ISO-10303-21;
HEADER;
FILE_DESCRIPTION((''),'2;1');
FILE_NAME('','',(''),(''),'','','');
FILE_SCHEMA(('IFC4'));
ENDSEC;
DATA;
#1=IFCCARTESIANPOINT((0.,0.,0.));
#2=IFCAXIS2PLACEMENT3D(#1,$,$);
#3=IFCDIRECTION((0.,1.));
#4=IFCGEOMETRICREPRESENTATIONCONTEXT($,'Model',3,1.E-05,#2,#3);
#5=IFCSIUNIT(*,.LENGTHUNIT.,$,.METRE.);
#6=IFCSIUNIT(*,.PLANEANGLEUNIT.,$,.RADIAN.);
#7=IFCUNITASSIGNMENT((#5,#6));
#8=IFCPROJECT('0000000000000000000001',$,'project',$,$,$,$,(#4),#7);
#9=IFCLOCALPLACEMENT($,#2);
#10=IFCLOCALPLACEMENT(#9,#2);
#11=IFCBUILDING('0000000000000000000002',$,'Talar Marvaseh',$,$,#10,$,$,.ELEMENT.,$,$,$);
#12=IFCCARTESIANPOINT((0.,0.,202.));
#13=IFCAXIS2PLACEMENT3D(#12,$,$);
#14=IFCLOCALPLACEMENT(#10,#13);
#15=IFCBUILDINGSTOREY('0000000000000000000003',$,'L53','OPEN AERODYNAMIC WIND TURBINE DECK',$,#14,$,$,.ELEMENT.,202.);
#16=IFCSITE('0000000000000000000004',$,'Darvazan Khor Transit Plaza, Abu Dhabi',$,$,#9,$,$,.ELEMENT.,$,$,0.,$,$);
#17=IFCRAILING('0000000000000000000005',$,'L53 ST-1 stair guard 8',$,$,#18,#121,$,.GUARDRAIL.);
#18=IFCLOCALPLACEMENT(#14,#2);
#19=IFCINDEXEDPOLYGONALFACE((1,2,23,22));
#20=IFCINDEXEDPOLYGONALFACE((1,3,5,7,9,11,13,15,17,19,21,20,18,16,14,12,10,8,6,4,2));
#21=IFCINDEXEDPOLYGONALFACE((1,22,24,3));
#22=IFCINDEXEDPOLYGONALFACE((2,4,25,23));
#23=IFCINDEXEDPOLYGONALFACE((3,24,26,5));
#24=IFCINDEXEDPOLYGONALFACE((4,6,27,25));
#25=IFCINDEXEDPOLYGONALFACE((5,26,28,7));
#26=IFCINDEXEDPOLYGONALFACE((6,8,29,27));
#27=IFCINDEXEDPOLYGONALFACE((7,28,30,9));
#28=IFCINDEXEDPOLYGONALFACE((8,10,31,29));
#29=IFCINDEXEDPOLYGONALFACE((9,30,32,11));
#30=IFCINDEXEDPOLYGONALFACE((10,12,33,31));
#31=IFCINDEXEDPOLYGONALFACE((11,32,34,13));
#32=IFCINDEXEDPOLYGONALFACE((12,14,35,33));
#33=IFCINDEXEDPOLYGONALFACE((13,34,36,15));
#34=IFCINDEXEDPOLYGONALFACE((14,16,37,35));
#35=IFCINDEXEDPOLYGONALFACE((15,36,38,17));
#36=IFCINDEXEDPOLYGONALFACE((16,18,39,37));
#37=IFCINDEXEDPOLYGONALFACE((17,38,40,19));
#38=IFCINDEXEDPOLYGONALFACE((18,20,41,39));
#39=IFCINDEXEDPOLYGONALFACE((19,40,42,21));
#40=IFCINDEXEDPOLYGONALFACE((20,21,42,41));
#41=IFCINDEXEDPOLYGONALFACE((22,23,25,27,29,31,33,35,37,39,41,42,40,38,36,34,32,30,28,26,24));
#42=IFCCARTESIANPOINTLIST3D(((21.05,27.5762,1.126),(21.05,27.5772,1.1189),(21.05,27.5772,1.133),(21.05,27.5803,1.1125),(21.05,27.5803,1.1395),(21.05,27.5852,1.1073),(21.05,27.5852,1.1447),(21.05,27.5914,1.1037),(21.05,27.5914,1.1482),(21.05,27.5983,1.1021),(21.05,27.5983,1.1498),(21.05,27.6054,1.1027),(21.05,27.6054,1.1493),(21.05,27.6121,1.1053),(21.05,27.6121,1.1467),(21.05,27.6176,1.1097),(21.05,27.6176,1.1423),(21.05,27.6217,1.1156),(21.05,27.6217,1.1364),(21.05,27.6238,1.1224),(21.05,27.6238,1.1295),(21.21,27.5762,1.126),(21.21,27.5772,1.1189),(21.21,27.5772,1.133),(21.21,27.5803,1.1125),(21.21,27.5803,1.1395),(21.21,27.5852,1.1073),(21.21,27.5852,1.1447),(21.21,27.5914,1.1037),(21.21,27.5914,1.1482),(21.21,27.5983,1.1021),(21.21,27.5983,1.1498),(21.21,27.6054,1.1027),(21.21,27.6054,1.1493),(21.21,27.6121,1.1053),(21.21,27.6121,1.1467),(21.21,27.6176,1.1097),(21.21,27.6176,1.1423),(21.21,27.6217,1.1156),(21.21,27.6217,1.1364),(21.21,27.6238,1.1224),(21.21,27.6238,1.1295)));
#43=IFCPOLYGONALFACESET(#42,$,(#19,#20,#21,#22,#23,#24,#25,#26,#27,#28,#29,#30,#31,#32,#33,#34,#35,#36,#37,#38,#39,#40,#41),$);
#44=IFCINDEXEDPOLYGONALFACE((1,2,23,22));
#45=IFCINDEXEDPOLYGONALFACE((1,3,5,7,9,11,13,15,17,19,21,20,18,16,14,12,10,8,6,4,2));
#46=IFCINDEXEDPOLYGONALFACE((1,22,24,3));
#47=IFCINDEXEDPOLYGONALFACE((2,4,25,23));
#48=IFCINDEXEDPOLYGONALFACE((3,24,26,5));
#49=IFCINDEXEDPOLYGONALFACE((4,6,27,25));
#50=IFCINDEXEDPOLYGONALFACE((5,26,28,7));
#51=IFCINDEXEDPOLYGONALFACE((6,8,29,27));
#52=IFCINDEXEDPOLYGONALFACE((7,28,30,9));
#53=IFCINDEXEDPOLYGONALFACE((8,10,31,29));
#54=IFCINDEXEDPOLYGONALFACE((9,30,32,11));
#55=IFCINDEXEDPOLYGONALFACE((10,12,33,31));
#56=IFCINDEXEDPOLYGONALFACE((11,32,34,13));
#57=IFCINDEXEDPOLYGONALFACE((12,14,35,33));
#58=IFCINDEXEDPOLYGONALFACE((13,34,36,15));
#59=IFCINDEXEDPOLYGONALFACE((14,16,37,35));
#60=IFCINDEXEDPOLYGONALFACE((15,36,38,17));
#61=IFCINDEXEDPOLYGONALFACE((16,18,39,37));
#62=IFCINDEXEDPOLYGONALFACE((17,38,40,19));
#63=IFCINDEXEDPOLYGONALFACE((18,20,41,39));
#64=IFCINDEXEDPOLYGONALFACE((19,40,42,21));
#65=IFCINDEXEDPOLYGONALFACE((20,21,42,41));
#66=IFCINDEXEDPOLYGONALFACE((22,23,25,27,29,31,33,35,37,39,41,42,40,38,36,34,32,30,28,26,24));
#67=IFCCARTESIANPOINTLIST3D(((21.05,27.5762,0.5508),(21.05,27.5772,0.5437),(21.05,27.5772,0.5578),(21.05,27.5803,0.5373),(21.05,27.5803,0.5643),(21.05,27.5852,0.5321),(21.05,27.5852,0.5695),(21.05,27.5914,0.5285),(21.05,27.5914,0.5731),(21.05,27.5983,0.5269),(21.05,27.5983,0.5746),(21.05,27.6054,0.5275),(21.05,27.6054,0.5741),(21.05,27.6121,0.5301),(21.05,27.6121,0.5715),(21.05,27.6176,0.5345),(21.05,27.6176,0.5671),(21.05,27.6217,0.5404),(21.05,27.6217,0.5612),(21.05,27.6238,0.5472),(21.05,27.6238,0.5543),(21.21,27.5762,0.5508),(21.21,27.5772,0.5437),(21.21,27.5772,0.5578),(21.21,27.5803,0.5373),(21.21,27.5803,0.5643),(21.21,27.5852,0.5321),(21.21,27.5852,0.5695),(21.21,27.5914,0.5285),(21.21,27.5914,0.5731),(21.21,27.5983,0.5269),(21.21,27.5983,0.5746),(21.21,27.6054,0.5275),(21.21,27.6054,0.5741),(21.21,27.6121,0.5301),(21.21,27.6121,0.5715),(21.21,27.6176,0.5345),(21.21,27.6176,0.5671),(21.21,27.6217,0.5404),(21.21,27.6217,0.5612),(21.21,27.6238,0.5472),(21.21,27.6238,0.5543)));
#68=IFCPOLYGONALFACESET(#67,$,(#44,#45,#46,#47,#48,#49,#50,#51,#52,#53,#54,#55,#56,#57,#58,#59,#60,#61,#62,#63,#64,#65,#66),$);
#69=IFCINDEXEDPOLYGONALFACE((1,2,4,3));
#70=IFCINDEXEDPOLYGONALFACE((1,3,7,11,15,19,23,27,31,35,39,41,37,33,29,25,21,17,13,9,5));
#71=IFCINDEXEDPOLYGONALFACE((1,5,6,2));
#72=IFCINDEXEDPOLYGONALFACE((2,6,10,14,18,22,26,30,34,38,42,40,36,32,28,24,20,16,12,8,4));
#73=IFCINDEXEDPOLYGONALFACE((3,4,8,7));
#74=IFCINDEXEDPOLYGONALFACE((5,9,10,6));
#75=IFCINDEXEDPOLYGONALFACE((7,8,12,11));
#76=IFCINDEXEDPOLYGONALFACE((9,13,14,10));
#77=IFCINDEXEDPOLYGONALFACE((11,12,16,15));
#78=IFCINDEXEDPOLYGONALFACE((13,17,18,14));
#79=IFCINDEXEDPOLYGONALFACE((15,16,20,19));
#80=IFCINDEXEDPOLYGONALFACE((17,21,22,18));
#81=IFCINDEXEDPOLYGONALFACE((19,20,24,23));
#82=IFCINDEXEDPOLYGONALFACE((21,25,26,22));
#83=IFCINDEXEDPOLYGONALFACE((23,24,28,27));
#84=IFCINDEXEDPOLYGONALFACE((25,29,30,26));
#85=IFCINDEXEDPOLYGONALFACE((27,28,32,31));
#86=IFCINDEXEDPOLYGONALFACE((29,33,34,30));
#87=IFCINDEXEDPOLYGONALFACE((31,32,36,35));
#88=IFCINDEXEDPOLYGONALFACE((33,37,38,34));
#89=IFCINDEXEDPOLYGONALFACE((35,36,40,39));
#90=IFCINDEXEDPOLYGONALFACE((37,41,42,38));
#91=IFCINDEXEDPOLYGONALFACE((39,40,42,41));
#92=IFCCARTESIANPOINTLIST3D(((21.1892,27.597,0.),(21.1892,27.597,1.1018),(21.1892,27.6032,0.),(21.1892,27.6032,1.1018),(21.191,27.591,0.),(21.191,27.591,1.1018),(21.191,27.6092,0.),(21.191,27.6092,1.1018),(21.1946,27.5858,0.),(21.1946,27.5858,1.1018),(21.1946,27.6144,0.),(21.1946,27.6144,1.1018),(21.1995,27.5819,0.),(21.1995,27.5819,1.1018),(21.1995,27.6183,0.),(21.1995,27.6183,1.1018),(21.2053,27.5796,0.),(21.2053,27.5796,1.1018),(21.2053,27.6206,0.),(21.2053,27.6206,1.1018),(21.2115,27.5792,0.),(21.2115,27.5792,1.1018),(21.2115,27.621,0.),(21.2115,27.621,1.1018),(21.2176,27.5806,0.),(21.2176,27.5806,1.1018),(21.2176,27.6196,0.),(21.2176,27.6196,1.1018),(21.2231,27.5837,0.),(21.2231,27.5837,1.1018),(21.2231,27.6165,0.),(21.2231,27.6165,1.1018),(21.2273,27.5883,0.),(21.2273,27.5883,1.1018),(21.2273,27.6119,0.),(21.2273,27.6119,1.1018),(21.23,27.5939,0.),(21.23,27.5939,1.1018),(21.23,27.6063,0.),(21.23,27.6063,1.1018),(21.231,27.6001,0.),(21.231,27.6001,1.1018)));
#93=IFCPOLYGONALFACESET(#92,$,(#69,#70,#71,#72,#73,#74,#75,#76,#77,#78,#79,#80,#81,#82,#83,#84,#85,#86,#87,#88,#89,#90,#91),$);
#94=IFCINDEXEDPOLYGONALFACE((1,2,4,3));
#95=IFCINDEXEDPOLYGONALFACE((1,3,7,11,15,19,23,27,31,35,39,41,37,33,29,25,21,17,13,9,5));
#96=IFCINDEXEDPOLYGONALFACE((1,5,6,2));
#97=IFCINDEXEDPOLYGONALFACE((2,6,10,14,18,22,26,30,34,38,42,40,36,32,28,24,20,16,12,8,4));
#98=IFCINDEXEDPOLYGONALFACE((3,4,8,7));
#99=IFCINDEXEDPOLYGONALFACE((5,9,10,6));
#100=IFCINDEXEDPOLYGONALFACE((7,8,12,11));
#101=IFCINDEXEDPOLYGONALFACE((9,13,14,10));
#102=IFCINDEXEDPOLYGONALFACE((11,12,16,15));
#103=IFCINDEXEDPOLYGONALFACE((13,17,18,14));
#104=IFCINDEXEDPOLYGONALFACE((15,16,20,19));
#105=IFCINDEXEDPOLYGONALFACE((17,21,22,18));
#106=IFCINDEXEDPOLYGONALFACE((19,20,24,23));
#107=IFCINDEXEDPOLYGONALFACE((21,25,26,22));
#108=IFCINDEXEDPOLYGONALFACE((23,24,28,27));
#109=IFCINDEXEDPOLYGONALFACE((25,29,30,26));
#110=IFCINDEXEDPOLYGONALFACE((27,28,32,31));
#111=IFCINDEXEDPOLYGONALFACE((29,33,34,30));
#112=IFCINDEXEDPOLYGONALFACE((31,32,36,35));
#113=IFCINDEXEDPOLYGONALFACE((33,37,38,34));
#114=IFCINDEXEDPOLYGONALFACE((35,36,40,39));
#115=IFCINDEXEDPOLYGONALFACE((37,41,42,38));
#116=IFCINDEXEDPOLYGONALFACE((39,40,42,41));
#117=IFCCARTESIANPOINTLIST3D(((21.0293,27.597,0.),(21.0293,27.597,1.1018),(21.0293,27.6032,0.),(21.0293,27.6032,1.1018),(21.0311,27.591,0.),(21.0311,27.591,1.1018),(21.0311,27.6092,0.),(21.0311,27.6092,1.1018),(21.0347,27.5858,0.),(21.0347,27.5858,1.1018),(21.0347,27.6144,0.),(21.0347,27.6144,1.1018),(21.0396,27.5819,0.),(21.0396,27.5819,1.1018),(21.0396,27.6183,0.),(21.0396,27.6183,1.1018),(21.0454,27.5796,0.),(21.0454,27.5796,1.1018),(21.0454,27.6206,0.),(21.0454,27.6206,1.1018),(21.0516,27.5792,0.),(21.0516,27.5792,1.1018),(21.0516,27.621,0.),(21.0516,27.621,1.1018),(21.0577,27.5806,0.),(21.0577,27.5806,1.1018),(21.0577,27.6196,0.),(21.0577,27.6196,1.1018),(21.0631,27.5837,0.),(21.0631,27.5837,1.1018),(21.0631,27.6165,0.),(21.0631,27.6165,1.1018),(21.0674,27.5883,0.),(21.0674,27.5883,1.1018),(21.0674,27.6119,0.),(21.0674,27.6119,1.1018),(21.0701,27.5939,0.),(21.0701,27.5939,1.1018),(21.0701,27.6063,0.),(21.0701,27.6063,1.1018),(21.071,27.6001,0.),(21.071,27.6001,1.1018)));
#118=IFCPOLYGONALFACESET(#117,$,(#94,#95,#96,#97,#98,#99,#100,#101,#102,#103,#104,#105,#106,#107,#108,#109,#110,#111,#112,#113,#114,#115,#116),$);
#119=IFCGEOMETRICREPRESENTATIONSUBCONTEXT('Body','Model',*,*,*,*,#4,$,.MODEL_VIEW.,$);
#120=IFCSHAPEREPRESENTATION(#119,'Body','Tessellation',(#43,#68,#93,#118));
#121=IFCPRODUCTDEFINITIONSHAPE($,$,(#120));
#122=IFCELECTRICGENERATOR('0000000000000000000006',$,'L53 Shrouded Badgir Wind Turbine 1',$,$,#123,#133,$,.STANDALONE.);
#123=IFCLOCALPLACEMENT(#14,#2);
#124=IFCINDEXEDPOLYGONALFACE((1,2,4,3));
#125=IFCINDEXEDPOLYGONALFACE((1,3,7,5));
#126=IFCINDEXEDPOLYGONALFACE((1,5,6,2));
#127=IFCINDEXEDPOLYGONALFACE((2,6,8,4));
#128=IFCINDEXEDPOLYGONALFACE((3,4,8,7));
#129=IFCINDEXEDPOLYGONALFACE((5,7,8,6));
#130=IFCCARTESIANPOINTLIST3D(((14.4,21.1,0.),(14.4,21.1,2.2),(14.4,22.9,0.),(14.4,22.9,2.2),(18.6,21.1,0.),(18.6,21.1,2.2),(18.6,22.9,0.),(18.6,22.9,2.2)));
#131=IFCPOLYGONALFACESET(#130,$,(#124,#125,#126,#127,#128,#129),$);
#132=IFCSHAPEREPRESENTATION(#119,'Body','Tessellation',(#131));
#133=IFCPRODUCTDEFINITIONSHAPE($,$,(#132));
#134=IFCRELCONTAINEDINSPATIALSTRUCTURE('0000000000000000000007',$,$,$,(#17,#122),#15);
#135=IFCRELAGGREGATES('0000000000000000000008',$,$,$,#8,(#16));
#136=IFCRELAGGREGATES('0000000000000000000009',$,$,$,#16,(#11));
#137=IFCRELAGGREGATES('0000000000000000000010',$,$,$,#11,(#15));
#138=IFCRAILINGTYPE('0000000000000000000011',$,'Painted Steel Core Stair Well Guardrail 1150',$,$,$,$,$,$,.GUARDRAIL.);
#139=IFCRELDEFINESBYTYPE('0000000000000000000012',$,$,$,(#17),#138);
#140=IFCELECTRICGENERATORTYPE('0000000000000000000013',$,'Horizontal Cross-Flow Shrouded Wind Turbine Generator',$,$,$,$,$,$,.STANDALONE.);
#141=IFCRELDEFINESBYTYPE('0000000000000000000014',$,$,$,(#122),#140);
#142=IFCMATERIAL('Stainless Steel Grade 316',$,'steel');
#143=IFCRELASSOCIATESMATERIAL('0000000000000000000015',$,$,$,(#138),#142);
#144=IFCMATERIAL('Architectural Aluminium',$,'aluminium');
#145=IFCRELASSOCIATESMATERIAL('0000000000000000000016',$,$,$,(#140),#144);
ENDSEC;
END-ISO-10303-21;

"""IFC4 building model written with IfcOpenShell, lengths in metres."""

from ifc_helpers import new_model, si_unit, direction, frame, origin, origin_2d, place, context, subcontext, project, spatial, rectangle, circle, extrude, source, transform, mapped, material, type_object, type_shapes, element, save


model = new_model("IFC4")

# Units and contexts
model_context = context("Model", 3, precision=1e-05, world=origin(), true_north=direction((0.0, 1.0)))
body_context = subcontext(model_context, "Body", "Model", "MODEL_VIEW")
ifc_project = project(units=[si_unit("LENGTHUNIT", "METRE"), si_unit("PLANEANGLEUNIT", "RADIAN")], contexts=[model_context])

# Site, building, storey
site_placement = place(None, origin())
site = spatial("IfcSite", under=ifc_project, at=site_placement, Name="Darvazan Khor Transit Plaza, Abu Dhabi", CompositionType="ELEMENT", RefElevation=0.0)
building_placement = place(site_placement, origin())
building = spatial("IfcBuilding", under=site, at=building_placement, Name="Talar Marvaseh", CompositionType="ELEMENT")
storey_placement = place(building_placement, frame((0.0, 0.0, 202.0)))
storey = spatial("IfcBuildingStorey", under=building, at=storey_placement, Name="L53", Description="OPEN AERODYNAMIC WIND TURBINE DECK", CompositionType="ELEMENT", Elevation=202.0)

# Railing
ifc_material_1 = material(Name="Stainless Steel Grade 316", Category="steel")
railing_type_1 = type_object("IfcRailingType", Name="Painted Steel Core Stair Well Guardrail 1150", PredefinedType="GUARDRAIL", material=ifc_material_1)
railing_1_placement = place(storey_placement, frame((21.21, 27.6001, 0.0)))
element("IfcRailing", 1, at=railing_1_placement, inside=storey, type_object=railing_type_1, Name="L53 ST-1 stair guard 8", PredefinedType="GUARDRAIL", context=body_context, shape_type="SweptSolid", body=[
    extrude(circle(Radius=0.0239, at=origin_2d()), frame((0.0, 0.0, 1.126), z_axis=(-1.0, 0.0, 0.0), x_axis=(0.0, -1.0, 0.0)), (0.0, 0.0, 1.0), 0.1599),
    extrude(circle(Radius=0.0239, at=origin_2d()), frame((0.0, 0.0, 0.5508), z_axis=(-1.0, 0.0, 0.0), x_axis=(0.0, -1.0, 0.0)), (0.0, 0.0, 1.0), 0.1599),
    extrude(circle(Radius=0.021, at=origin_2d()), origin(), (0.0, 0.0, 1.0), 1.1018),
    extrude(circle(Radius=0.021, at=origin_2d()), frame((-0.1599, 0.0, 0.0)), (0.0, 0.0, 1.0), 1.1018),
])

# Electric generator
ifc_material_2 = material(Name="Architectural Aluminium", Category="aluminium")
electric_generator_type = type_object("IfcElectricGeneratorType", Name="Horizontal Cross-Flow Shrouded Wind Turbine Generator", PredefinedType="STANDALONE", material=ifc_material_2)
shared_shape_1 = source(origin(), body_context, "Body", "SweptSolid", [
    extrude(rectangle(XDim=4.2, YDim=1.8, at=origin_2d()), origin(), (0.0, 0.0, 1.0), 2.2),
])
type_shapes(electric_generator_type, [shared_shape_1])
electric_generator_placement = place(storey_placement, frame((16.5, 22.0, 0.0), z_axis=(0.0, 0.0, 1.0), x_axis=(1.0, 0.0, 0.0)))
element("IfcElectricGenerator", 2, at=electric_generator_placement, inside=storey, type_object=electric_generator_type, Name="L53 Shrouded Badgir Wind Turbine 1", PredefinedType="STANDALONE", context=body_context, shape_type="MappedRepresentation", body=[
    mapped(shared_shape_1, transform((0.0, 0.0, 0.0), x_axis=(1.0, 0.0, 0.0), y_axis=(0.0, 1.0, 0.0), z_axis=(0.0, 0.0, 1.0), scale=1.0)),
])

save(model, "model.ifc")
